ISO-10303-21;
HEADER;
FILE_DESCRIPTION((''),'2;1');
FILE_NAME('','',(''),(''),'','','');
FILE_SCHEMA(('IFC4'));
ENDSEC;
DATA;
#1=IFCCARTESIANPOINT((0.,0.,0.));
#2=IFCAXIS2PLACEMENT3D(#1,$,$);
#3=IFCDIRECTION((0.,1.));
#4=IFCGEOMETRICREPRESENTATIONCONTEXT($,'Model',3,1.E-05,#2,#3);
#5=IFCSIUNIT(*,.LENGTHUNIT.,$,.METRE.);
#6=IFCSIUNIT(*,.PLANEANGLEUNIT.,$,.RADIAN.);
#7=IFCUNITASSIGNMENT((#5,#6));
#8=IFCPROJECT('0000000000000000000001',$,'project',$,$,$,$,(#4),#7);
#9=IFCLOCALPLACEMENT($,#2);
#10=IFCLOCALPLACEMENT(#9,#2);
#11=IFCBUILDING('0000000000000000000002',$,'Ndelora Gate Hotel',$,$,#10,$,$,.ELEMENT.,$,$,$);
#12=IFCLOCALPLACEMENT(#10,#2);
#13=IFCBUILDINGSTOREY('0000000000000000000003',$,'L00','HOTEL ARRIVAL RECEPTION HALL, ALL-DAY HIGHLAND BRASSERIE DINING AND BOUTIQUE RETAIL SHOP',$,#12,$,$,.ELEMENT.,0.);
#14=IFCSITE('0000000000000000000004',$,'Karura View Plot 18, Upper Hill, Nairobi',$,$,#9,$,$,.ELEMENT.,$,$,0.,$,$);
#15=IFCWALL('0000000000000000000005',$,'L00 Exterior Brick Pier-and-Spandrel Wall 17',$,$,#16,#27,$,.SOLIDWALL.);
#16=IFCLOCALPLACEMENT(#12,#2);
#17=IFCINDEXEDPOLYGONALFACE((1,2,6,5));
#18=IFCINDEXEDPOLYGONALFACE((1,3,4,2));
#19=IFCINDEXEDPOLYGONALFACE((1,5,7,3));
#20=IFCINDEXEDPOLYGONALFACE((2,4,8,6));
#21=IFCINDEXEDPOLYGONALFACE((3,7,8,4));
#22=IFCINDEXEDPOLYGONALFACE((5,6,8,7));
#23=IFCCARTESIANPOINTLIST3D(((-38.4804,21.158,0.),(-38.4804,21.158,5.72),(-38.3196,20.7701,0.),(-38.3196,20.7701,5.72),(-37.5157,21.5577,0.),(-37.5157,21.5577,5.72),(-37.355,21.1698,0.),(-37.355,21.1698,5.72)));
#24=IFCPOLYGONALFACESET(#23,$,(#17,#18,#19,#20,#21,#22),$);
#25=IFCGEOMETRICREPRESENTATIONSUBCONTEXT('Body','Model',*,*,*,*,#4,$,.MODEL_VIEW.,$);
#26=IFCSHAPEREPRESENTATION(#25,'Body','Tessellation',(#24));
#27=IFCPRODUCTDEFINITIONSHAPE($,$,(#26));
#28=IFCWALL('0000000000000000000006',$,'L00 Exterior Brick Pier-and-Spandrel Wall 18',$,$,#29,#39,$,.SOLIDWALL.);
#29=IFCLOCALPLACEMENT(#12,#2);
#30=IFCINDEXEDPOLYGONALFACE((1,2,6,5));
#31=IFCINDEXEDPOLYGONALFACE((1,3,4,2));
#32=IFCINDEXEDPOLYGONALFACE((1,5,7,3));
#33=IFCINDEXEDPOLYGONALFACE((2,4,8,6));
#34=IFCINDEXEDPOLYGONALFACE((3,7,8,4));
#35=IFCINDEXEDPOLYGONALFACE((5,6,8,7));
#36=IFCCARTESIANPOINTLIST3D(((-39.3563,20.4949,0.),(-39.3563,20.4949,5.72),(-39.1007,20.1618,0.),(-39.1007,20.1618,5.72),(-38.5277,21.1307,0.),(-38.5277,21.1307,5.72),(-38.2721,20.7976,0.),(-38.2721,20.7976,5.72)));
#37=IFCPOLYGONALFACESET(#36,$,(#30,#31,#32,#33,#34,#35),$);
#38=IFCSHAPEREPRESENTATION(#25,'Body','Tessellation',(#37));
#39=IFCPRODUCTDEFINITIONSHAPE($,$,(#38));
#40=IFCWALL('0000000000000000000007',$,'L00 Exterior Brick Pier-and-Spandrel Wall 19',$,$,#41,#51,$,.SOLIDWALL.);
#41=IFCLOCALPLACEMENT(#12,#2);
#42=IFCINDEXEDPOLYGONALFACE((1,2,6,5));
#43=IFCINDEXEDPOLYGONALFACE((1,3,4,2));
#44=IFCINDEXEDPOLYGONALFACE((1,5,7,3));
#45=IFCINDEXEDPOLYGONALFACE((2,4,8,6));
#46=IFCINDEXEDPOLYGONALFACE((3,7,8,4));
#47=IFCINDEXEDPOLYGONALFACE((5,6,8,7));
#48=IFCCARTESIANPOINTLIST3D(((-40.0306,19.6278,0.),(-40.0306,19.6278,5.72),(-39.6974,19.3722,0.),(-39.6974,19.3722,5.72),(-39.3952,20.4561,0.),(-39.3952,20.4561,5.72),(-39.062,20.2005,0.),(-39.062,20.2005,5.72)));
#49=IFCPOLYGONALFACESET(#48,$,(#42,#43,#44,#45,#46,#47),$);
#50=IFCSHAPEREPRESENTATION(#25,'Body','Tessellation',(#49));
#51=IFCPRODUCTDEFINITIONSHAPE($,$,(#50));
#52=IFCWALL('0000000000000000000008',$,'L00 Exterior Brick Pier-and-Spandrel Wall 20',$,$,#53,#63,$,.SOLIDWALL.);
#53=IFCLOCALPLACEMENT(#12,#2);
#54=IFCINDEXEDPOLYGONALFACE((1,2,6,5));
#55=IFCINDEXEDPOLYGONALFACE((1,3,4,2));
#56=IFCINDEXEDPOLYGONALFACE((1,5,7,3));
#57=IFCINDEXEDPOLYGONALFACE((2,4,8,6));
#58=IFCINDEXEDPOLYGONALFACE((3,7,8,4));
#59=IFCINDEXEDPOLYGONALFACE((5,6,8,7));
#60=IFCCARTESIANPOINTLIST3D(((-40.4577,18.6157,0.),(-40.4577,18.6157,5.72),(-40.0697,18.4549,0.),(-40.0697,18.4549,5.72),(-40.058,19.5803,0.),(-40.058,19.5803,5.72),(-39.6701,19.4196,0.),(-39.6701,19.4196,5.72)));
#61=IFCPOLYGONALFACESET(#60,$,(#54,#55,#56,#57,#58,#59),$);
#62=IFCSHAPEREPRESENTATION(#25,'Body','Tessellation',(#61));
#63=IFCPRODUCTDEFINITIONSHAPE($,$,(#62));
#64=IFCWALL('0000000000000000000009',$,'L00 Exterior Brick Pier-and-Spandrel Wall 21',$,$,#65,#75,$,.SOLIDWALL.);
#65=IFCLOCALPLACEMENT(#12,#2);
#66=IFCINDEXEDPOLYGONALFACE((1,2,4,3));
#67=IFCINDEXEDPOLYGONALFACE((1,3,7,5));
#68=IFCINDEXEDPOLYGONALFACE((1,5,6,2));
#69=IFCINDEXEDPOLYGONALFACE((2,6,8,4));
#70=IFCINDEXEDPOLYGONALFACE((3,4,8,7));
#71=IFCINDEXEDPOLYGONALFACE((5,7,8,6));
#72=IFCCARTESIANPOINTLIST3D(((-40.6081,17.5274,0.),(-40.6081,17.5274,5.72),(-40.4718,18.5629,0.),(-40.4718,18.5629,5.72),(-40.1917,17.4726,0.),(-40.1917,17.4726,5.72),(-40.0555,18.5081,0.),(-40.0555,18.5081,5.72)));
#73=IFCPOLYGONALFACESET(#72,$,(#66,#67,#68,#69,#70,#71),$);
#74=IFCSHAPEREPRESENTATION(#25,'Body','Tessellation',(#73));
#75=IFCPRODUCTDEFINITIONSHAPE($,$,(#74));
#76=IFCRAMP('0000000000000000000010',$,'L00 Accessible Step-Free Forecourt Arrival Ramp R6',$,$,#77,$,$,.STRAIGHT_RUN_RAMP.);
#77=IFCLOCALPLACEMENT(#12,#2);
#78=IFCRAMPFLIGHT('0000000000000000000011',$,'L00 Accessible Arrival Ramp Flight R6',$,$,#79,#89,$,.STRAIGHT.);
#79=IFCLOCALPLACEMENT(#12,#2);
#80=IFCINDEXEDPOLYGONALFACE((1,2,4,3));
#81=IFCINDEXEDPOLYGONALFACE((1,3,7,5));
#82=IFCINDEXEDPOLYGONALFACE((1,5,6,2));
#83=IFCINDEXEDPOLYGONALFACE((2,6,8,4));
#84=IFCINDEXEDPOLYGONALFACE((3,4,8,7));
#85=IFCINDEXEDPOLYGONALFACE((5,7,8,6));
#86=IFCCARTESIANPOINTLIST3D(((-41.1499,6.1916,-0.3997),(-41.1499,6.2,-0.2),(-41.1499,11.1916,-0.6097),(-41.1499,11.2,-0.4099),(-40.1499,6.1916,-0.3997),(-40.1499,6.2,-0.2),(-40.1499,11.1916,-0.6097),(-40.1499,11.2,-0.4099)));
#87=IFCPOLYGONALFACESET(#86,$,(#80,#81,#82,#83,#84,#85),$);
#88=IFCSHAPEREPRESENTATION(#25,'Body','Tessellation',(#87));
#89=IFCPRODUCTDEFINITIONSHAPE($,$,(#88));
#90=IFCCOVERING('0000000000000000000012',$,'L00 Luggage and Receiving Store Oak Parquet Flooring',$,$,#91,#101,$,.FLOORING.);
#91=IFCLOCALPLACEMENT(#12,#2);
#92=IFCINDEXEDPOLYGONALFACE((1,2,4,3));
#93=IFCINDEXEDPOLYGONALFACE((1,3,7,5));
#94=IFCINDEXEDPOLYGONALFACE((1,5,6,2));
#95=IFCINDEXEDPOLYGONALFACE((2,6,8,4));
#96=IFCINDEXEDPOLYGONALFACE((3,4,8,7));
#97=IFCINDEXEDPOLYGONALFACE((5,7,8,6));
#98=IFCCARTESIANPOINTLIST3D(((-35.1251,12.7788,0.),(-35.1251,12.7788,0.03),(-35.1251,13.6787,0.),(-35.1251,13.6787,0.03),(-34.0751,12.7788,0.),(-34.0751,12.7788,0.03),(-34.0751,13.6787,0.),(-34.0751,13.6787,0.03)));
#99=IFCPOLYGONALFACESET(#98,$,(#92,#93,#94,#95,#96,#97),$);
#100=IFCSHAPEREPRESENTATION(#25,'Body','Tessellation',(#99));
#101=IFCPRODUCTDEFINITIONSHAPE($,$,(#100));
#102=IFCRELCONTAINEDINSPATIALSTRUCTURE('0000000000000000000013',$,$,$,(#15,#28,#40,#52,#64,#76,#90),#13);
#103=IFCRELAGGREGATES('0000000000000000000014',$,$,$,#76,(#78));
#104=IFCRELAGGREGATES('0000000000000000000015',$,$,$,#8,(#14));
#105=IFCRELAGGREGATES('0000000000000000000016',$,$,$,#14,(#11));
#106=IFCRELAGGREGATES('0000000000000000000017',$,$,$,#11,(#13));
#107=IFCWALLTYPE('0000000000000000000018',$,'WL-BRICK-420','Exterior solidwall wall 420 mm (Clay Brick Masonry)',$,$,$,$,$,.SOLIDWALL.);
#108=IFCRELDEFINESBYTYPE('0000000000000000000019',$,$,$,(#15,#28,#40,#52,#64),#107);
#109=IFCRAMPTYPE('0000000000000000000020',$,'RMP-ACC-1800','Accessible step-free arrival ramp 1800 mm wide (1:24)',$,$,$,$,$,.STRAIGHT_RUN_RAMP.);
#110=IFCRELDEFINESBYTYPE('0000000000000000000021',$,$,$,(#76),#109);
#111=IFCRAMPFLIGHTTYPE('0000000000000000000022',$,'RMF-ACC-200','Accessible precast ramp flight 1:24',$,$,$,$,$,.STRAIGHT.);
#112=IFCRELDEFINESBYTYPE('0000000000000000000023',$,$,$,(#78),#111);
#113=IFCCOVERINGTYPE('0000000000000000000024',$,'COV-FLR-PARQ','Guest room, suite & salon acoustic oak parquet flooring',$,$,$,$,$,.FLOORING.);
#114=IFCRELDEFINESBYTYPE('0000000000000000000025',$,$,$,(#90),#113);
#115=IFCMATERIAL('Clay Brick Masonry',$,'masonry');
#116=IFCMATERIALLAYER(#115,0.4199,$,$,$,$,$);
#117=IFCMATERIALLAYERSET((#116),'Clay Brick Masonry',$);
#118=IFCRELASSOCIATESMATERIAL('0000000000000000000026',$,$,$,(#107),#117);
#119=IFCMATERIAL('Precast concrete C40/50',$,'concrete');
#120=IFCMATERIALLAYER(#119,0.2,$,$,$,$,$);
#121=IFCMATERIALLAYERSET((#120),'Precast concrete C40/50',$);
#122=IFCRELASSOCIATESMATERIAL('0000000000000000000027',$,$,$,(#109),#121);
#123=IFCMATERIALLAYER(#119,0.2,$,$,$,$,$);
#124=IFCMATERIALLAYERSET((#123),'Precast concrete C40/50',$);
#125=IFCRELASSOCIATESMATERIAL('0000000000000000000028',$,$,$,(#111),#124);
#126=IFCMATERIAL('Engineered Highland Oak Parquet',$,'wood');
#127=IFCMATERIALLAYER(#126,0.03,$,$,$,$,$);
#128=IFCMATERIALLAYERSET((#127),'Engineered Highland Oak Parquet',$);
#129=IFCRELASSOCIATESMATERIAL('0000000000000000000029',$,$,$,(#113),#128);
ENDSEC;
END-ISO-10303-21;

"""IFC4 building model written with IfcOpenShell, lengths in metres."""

from ifc_helpers import new_model, si_unit, direction, frame, frame_2d, origin, origin_2d, place, context, subcontext, project, spatial, polyline, rectangle, outline, extrude, material, layer, layer_set, type_object, element, aggregate, save


model = new_model("IFC4")

# Units and contexts
model_context = context("Model", 3, precision=1e-05, world=origin(), true_north=direction((0.0, 1.0)))
body_context = subcontext(model_context, "Body", "Model", "MODEL_VIEW")
ifc_project = project(units=[si_unit("LENGTHUNIT", "METRE"), si_unit("PLANEANGLEUNIT", "RADIAN")], contexts=[model_context])

# Site, building, storey
site_placement = place(None, origin())
site = spatial("IfcSite", under=ifc_project, at=site_placement, Name="Karura View Plot 18, Upper Hill, Nairobi", CompositionType="ELEMENT", RefElevation=0.0)
building_placement = place(site_placement, origin())
building = spatial("IfcBuilding", under=site, at=building_placement, Name="Ndelora Gate Hotel", CompositionType="ELEMENT")
storey_placement = place(building_placement, origin())
storey = spatial("IfcBuildingStorey", under=building, at=storey_placement, Name="L00", Description="HOTEL ARRIVAL RECEPTION HALL, ALL-DAY HIGHLAND BRASSERIE DINING AND BOUTIQUE RETAIL SHOP", CompositionType="ELEMENT", Elevation=0.0)

# Shared definitions
ifc_material_1 = material(Name="Clay Brick Masonry", Category="masonry")
ifc_layer_1 = layer(ifc_material_1, 0.4199)
ifc_layer_set_1 = layer_set([ifc_layer_1], Name="Clay Brick Masonry")
wall_type = type_object("IfcWallType", Name="WL-BRICK-420", Description="Exterior solidwall wall 420 mm (Clay Brick Masonry)", PredefinedType="SOLIDWALL", material=ifc_layer_set_1)

# Walls
wall_1_placement = place(storey_placement, frame((-38.3999, 20.9641, 0.0), z_axis=(0.0, 0.0, 1.0), x_axis=(0.923843, 0.382772, 0.0)))
element("IfcWall", 1, at=wall_1_placement, inside=storey, type_object=wall_type, Name="L00 Exterior Brick Pier-and-Spandrel Wall 17", PredefinedType="SOLIDWALL", context=body_context, shape_type="SweptSolid", body=[
    extrude(rectangle(XDim=1.0442, YDim=0.4199, at=frame_2d((0.522, 0.0))), origin(), (0.0, 0.0, 1.0), 5.72),
])
wall_2_placement = place(storey_placement, frame((-39.2285, 20.3284, 0.0), z_axis=(0.0, 0.0, 1.0), x_axis=(0.793388, 0.608716, 0.0)))
element("IfcWall", 2, at=wall_2_placement, inside=storey, type_object=wall_type, Name="L00 Exterior Brick Pier-and-Spandrel Wall 18", PredefinedType="SOLIDWALL", context=body_context, shape_type="SweptSolid", body=[
    extrude(rectangle(XDim=1.0444, YDim=0.4199, at=frame_2d((0.5222, 0.0))), origin(), (0.0, 0.0, 1.0), 5.72),
])
wall_3_placement = place(storey_placement, frame((-39.864, 19.5, 0.0), z_axis=(0.0, 0.0, 1.0), x_axis=(0.608682, 0.793414, 0.0)))
element("IfcWall", 3, at=wall_3_placement, inside=storey, type_object=wall_type, Name="L00 Exterior Brick Pier-and-Spandrel Wall 19", PredefinedType="SOLIDWALL", context=body_context, shape_type="SweptSolid", body=[
    extrude(rectangle(XDim=1.0439, YDim=0.4199, at=frame_2d((0.522, 0.0))), origin(), (0.0, 0.0, 1.0), 5.72),
])
wall_4_placement = place(storey_placement, frame((-40.2637, 18.5354, 0.0), z_axis=(0.0, 0.0, 1.0), x_axis=(0.382772, 0.923843, 0.0)))
element("IfcWall", 4, at=wall_4_placement, inside=storey, type_object=wall_type, Name="L00 Exterior Brick Pier-and-Spandrel Wall 20", PredefinedType="SOLIDWALL", context=body_context, shape_type="SweptSolid", body=[
    extrude(rectangle(XDim=1.0442, YDim=0.4199, at=frame_2d((0.522, 0.0))), origin(), (0.0, 0.0, 1.0), 5.72),
])
wall_5_placement = place(storey_placement, frame((-40.3999, 17.5, 0.0), z_axis=(0.0, 0.0, 1.0), x_axis=(0.130448, 0.991455, 0.0)))
element("IfcWall", 5, at=wall_5_placement, inside=storey, type_object=wall_type, Name="L00 Exterior Brick Pier-and-Spandrel Wall 21", PredefinedType="SOLIDWALL", context=body_context, shape_type="SweptSolid", body=[
    extrude(rectangle(XDim=1.0444, YDim=0.4199, at=frame_2d((0.5222, 0.0))), origin(), (0.0, 0.0, 1.0), 5.72),
])

# Ramp, ramp flight
ifc_material_2 = material(Name="Precast concrete C40/50", Category="concrete")
ifc_layer_2 = layer(ifc_material_2, 0.2)
ifc_layer_set_2 = layer_set([ifc_layer_2], Name="Precast concrete C40/50")
ramp_type = type_object("IfcRampType", Name="RMP-ACC-1800", Description="Accessible step-free arrival ramp 1800 mm wide (1:24)", PredefinedType="STRAIGHT_RUN_RAMP", material=ifc_layer_set_2)
ramp_placement = place(storey_placement, origin())
ramp = element("IfcRamp", 6, at=ramp_placement, inside=storey, type_object=ramp_type, Name="L00 Accessible Step-Free Forecourt Arrival Ramp R6", PredefinedType="STRAIGHT_RUN_RAMP")
ifc_layer_3 = layer(ifc_material_2, 0.2)
ifc_layer_set_3 = layer_set([ifc_layer_3], Name="Precast concrete C40/50")
ramp_flight_type = type_object("IfcRampFlightType", Name="RMF-ACC-200", Description="Accessible precast ramp flight 1:24", PredefinedType="STRAIGHT", material=ifc_layer_set_3)
ramp_flight_placement = place(storey_placement, frame((-41.1499, 11.2, -0.4099), z_axis=(0.0, 0.041955, 0.999119), x_axis=(0.0, -0.999119, 0.041955)))
ramp_flight = element("IfcRampFlight", 7, at=ramp_flight_placement, type_object=ramp_flight_type, Name="L00 Accessible Arrival Ramp Flight R6", PredefinedType="STRAIGHT", context=body_context, shape_type="SweptSolid", body=[
    extrude(outline(polyline([(0.0, 0.0), (5.0044, 0.0), (5.0044, 1.0), (0.0, 1.0), (0.0, 0.0)])), origin(), (0.0, 0.0, -1.0), 0.2),
])
aggregate(ramp, [ramp_flight])

# Covering
ifc_material_3 = material(Name="Engineered Highland Oak Parquet", Category="wood")
ifc_layer_4 = layer(ifc_material_3, 0.03)
ifc_layer_set_4 = layer_set([ifc_layer_4], Name="Engineered Highland Oak Parquet")
covering_type = type_object("IfcCoveringType", Name="COV-FLR-PARQ", Description="Guest room, suite & salon acoustic oak parquet flooring", PredefinedType="FLOORING", material=ifc_layer_set_4)
covering_placement = place(storey_placement, frame((-34.6001, 13.2288, 0.0), z_axis=(0.0, 0.0, 1.0), x_axis=(1.0, 0.0, 0.0)))
element("IfcCovering", 8, at=covering_placement, inside=storey, type_object=covering_type, Name="L00 Luggage and Receiving Store Oak Parquet Flooring", PredefinedType="FLOORING", context=body_context, shape_type="SweptSolid", body=[
    extrude(rectangle(XDim=1.05, YDim=0.8999, at=origin_2d()), origin(), (0.0, 0.0, 1.0), 0.03),
])

save(model, "model.ifc")
